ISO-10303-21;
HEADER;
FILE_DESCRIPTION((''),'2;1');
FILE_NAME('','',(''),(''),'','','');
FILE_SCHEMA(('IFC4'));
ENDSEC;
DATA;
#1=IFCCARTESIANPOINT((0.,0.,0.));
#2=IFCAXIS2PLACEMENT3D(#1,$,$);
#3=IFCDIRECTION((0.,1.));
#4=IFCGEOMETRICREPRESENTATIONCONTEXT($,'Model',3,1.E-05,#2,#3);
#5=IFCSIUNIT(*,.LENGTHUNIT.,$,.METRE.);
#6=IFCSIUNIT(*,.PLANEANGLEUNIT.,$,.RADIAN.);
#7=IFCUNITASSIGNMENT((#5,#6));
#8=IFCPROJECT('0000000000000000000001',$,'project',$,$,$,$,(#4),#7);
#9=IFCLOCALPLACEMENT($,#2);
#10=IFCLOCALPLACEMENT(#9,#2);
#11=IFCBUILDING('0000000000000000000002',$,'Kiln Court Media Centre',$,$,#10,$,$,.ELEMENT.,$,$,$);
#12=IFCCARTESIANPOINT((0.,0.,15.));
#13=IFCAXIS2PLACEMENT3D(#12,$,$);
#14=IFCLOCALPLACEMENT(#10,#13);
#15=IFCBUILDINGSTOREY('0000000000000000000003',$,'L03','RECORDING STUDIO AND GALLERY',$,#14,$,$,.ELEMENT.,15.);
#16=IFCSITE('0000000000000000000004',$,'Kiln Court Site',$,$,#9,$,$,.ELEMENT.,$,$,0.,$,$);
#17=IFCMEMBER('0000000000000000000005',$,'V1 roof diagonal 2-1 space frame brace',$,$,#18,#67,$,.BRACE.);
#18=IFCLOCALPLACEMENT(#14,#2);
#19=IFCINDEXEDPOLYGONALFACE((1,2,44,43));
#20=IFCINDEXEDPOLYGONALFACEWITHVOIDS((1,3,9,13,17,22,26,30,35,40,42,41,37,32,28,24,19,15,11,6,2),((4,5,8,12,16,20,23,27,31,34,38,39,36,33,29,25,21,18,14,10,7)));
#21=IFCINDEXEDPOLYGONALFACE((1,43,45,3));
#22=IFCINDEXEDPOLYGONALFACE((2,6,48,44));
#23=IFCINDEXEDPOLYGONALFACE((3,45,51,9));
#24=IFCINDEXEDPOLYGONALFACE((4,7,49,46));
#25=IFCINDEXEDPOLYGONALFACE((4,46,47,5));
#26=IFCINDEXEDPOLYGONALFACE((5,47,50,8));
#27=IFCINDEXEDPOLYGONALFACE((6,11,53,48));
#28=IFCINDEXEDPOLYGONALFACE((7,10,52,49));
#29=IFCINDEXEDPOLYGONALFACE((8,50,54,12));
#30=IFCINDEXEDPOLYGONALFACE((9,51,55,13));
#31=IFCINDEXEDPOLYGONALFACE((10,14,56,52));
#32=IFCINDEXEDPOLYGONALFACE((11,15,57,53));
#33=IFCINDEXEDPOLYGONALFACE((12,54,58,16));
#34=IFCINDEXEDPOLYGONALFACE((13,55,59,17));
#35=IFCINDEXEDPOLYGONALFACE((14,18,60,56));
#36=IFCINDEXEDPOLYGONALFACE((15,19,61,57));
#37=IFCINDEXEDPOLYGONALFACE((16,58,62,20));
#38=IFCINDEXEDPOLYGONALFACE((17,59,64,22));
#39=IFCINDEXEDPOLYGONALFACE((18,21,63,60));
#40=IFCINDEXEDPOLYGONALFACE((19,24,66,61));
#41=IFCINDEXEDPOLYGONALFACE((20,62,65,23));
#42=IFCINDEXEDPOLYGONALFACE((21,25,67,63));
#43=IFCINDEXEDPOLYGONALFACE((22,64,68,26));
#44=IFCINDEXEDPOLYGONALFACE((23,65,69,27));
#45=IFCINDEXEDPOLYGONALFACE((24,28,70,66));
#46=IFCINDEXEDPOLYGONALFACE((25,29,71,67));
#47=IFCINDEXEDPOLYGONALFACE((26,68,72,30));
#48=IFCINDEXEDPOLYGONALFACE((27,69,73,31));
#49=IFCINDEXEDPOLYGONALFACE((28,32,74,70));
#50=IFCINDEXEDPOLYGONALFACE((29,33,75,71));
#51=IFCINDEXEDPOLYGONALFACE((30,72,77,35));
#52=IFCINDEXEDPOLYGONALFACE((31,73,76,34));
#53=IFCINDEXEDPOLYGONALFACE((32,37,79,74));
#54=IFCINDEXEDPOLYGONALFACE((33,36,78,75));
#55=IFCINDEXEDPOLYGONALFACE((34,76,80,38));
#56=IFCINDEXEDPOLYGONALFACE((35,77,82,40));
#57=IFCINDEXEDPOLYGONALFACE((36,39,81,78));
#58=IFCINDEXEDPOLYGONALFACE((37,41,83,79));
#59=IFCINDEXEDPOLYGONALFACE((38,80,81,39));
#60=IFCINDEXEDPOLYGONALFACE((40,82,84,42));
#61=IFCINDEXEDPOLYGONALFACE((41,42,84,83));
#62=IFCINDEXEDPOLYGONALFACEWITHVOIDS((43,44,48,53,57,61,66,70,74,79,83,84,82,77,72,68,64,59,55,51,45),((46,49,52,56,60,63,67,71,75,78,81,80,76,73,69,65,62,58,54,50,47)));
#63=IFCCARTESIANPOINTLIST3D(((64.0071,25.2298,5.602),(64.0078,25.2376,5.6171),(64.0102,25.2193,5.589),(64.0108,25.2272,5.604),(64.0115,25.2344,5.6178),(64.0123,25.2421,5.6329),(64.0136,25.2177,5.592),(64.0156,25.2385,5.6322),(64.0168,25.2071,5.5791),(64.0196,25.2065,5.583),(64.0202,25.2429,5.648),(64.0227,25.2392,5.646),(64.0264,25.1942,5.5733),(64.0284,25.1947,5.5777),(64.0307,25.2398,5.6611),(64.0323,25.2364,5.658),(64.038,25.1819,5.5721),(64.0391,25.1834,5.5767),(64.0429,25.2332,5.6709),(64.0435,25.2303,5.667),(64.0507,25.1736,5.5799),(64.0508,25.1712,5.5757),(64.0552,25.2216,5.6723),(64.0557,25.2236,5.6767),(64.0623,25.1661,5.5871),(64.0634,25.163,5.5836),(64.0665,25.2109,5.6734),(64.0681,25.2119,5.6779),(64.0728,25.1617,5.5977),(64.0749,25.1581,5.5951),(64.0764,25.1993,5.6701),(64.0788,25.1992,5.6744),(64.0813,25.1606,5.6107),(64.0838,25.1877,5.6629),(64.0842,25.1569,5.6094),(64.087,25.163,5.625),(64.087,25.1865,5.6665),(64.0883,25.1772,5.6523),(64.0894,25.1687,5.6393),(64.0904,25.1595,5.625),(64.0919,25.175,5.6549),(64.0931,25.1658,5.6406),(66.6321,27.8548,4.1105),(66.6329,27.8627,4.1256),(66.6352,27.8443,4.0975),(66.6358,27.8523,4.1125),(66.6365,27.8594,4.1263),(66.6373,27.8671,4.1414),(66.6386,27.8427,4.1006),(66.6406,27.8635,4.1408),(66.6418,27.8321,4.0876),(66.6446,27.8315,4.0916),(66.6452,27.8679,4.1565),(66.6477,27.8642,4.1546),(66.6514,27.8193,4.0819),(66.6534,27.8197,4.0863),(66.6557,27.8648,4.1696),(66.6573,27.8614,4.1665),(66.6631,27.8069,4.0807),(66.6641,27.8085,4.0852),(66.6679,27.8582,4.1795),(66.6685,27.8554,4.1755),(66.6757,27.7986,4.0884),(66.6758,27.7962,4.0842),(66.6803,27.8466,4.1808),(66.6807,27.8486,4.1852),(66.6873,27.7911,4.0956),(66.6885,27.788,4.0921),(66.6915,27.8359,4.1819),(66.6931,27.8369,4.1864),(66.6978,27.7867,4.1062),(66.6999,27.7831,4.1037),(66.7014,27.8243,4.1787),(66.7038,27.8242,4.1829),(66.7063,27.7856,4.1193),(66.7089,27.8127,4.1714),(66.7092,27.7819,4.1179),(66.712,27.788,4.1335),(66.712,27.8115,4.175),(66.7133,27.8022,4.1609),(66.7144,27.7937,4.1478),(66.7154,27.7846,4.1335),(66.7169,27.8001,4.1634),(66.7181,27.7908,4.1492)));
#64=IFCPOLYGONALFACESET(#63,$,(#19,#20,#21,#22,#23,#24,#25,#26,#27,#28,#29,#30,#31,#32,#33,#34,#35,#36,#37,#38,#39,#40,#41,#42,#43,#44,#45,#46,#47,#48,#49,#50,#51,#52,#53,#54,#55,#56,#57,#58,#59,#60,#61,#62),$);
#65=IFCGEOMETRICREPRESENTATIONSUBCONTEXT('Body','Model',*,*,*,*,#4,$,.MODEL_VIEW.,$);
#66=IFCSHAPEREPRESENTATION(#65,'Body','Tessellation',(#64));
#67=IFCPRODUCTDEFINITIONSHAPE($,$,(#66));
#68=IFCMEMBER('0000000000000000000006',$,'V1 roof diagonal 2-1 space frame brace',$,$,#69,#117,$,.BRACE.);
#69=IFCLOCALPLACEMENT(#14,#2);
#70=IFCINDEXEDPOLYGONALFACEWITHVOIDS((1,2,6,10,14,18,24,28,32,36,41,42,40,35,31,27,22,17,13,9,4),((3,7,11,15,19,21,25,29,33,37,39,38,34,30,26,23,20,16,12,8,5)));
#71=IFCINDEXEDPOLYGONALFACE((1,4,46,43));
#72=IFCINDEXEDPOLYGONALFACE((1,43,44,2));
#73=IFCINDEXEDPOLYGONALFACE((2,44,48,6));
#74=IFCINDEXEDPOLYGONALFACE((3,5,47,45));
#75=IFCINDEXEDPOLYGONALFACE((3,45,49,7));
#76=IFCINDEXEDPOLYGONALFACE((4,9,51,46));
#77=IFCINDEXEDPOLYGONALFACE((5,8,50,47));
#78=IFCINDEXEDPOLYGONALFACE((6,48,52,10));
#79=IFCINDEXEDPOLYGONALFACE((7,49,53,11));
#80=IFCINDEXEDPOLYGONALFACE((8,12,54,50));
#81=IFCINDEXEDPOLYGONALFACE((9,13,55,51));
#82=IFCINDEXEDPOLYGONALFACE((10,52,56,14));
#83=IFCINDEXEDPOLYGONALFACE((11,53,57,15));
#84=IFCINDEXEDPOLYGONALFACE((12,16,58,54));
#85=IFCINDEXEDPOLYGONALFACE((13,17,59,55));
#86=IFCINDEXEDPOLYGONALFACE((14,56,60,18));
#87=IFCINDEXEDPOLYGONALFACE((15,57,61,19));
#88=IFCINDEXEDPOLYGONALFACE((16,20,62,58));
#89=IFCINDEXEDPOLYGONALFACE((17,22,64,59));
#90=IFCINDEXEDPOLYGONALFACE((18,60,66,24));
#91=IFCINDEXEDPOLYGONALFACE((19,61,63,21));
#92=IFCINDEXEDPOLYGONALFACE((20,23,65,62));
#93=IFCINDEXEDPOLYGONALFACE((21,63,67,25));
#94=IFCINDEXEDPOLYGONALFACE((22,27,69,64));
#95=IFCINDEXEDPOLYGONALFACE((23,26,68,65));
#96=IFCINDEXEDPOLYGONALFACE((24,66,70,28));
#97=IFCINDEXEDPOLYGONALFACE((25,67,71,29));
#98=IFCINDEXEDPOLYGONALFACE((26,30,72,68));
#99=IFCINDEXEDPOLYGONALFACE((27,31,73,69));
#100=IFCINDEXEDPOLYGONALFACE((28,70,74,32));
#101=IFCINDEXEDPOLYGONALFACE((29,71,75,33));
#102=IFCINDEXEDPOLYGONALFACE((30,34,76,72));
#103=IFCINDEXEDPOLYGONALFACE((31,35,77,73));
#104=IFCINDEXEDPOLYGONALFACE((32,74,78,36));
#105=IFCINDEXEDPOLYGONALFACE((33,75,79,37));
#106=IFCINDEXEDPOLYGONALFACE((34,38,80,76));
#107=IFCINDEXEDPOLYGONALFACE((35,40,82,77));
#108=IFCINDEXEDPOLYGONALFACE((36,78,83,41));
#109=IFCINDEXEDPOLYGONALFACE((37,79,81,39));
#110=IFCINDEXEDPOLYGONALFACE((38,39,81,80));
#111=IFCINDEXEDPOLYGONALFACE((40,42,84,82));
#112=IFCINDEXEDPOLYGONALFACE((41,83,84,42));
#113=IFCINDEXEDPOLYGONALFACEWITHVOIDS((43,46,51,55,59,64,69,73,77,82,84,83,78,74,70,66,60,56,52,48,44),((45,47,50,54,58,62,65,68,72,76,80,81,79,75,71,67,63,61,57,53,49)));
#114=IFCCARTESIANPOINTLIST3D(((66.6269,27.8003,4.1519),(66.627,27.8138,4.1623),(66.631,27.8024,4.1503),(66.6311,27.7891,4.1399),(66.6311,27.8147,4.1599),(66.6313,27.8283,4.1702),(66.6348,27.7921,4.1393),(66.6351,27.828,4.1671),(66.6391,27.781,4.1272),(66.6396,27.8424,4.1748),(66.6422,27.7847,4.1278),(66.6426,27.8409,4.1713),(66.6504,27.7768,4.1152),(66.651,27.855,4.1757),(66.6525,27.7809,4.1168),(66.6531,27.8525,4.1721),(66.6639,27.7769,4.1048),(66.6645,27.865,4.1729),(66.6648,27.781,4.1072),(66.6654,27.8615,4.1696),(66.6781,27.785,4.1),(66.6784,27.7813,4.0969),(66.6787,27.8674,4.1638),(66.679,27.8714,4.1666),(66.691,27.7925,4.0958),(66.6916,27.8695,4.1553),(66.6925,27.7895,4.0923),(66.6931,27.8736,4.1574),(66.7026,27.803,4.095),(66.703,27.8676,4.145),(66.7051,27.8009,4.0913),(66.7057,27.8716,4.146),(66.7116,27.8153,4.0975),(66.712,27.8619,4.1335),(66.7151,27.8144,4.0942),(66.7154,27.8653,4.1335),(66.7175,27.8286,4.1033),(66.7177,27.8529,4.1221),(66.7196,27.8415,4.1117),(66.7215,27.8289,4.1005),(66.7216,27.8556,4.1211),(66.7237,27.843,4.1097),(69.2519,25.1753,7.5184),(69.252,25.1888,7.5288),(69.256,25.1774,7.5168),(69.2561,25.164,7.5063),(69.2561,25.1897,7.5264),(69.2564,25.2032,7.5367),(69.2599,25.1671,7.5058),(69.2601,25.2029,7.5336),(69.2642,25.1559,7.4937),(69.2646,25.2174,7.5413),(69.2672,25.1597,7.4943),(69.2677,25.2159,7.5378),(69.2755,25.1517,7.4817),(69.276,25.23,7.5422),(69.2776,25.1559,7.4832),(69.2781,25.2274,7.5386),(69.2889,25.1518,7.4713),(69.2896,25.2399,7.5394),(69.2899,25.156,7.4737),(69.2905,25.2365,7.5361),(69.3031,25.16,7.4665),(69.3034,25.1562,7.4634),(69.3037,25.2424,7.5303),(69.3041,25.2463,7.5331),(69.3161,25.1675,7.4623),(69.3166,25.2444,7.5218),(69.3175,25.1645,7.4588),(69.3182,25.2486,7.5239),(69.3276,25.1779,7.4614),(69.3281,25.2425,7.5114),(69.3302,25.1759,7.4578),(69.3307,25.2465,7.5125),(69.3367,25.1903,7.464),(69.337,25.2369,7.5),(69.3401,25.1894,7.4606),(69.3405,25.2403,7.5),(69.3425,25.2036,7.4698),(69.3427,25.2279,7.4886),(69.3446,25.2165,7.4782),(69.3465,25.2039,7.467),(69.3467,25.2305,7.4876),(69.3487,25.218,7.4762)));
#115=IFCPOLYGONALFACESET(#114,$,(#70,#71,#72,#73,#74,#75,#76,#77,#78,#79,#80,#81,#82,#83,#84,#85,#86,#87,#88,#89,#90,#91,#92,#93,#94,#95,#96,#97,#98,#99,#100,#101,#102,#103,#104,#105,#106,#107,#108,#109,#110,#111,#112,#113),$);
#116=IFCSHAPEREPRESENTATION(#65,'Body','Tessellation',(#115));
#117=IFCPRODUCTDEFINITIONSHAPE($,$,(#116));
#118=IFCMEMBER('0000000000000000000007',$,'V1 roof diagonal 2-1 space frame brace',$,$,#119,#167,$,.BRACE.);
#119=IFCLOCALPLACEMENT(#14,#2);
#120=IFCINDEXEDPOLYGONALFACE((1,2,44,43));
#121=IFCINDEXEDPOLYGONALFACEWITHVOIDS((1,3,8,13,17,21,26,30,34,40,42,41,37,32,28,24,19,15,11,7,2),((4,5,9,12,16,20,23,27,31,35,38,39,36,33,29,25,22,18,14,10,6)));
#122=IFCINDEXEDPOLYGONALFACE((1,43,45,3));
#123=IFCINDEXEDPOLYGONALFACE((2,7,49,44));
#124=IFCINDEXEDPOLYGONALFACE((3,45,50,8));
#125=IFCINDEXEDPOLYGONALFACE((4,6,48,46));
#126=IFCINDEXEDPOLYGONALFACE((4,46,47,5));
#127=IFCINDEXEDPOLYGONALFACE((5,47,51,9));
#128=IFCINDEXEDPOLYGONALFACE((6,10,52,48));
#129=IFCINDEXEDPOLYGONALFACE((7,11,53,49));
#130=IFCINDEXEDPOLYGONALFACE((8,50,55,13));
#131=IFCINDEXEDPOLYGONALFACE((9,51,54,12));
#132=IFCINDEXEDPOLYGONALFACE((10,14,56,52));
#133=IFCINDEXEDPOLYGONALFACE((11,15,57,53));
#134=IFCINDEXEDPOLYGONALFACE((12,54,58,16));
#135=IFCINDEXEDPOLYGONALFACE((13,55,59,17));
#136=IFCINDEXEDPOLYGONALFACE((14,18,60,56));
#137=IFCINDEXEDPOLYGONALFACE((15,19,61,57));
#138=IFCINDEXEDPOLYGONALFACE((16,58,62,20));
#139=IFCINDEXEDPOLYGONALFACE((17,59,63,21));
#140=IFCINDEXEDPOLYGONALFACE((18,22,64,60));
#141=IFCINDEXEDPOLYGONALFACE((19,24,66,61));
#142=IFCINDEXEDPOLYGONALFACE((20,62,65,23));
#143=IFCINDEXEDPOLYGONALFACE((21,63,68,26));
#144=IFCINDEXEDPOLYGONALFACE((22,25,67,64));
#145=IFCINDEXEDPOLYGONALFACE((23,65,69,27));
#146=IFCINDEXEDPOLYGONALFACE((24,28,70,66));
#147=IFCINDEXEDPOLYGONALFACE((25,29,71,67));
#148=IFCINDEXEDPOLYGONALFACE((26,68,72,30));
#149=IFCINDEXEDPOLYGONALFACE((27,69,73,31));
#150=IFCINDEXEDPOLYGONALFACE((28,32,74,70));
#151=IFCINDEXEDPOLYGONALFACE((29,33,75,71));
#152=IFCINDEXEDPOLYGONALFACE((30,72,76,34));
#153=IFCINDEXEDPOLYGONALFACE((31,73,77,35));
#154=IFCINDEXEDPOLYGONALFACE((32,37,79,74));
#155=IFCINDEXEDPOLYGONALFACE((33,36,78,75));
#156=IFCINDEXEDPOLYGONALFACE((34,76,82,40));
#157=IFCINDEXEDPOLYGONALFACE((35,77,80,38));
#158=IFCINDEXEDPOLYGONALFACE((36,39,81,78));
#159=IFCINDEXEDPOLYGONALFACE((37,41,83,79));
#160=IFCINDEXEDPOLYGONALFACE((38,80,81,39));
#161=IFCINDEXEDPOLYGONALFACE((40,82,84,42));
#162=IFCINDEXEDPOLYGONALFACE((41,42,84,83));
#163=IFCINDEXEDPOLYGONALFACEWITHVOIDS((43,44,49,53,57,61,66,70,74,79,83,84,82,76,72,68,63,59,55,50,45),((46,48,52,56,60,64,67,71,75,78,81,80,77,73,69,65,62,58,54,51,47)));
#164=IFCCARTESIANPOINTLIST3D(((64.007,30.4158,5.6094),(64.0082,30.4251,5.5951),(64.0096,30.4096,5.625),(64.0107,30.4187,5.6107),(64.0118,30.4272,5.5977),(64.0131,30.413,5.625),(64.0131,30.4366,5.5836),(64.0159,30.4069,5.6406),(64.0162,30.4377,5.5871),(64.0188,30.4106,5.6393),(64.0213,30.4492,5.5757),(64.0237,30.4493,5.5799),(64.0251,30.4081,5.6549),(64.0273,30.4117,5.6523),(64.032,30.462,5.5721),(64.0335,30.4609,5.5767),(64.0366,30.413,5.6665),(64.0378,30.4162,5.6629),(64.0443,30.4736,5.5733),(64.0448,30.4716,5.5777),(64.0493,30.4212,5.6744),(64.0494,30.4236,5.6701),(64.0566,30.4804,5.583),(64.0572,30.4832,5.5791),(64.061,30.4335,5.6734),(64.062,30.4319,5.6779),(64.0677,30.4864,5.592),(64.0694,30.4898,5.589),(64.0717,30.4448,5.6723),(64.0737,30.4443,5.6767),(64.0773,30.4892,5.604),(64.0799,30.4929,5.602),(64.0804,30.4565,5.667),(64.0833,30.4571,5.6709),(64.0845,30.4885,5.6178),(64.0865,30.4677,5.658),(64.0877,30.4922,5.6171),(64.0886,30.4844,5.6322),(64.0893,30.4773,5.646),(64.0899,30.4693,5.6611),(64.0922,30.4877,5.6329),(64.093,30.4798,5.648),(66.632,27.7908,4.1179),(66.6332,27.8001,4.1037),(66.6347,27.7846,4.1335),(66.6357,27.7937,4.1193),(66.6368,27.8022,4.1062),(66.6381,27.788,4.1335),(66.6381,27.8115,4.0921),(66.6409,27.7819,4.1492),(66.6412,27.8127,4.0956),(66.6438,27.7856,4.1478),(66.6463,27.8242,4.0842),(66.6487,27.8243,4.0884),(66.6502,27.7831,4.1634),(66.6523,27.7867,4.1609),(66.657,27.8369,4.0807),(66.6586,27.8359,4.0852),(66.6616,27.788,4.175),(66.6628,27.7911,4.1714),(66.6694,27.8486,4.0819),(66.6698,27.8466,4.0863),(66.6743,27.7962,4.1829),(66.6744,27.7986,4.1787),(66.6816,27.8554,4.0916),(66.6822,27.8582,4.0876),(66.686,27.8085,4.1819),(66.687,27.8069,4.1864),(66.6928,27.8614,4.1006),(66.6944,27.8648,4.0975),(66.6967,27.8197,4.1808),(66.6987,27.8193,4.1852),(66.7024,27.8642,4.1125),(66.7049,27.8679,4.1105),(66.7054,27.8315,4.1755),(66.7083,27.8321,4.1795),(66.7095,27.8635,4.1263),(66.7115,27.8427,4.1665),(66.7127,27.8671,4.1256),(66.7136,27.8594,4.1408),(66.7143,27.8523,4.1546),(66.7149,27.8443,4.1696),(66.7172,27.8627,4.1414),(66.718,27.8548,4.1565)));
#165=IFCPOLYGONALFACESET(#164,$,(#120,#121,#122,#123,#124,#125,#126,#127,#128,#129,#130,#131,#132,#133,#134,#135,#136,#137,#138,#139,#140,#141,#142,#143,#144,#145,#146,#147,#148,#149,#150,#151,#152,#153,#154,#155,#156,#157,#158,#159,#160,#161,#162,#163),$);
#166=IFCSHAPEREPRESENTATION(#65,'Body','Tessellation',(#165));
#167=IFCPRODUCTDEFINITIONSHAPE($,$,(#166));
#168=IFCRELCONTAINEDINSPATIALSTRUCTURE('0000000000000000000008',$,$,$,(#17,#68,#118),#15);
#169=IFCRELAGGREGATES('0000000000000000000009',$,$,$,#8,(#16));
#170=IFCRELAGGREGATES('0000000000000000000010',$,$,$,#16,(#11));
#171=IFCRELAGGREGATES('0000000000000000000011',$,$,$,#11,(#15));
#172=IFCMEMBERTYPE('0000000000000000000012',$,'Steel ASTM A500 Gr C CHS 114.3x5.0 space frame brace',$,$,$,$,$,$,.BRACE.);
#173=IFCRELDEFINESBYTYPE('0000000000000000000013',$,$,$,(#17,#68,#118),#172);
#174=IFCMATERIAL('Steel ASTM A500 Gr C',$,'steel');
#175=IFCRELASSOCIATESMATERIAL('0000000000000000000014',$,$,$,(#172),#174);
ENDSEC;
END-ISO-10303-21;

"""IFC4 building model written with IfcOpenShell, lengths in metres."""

from ifc_helpers import new_model, si_unit, direction, frame, origin, origin_2d, place, context, subcontext, project, spatial, hollow_circle, extrude, material, material_profile, profile_set, type_object, element, save


model = new_model("IFC4")

# Units and contexts
model_context = context("Model", 3, precision=1e-05, world=origin(), true_north=direction((0.0, 1.0)))
body_context = subcontext(model_context, "Body", "Model", "MODEL_VIEW")
ifc_project = project(units=[si_unit("LENGTHUNIT", "METRE"), si_unit("PLANEANGLEUNIT", "RADIAN")], contexts=[model_context])

# Site, building, storey
site_placement = place(None, origin())
site = spatial("IfcSite", under=ifc_project, at=site_placement, Name="Kiln Court Site", CompositionType="ELEMENT", RefElevation=0.0)
building_placement = place(site_placement, origin())
building = spatial("IfcBuilding", under=site, at=building_placement, Name="Kiln Court Media Centre", CompositionType="ELEMENT")
storey_placement = place(building_placement, frame((0.0, 0.0, 15.0)))
storey = spatial("IfcBuildingStorey", under=building, at=storey_placement, Name="L03", Description="RECORDING STUDIO AND GALLERY", CompositionType="ELEMENT", Elevation=15.0)

# Members
ifc_material_1 = material(Name="Steel ASTM A500 Gr C", Category="steel")
ifc_material_profile_1 = material_profile(ifc_material_1, hollow_circle(Radius=0.0571, WallThickness=0.0049, at=origin_2d()), Name="CHS 114.3x5.0")
ifc_profile_set_1 = profile_set([ifc_material_profile_1], Name="Steel ASTM A500 Gr C")
member_type_1 = type_object("IfcMemberType", Name="Steel ASTM A500 Gr C CHS 114.3x5.0 space frame brace", PredefinedType="BRACE", material=ifc_profile_set_1)
member_1_placement = place(storey_placement, frame((66.675, 27.825, 4.1335), z_axis=(-0.656133, -0.656133, 0.372798), x_axis=(0.707107, -0.707107, 0.0)))
element("IfcMember", 1, at=member_1_placement, inside=storey, type_object=member_type_1, Name="V1 roof diagonal 2-1 space frame brace", PredefinedType="BRACE", context=body_context, shape_type="SweptSolid", body=[
    extrude(hollow_circle(Radius=0.0571, WallThickness=0.0049, at=origin_2d()), origin(), (0.0, 0.0, 1.0), 4.0007),
])
member_2_placement = place(storey_placement, frame((66.675, 27.825, 4.1335), z_axis=(0.523804, -0.523804, 0.671758), x_axis=(0.707107, 0.707107, 0.0)))
element("IfcMember", 2, at=member_2_placement, inside=storey, type_object=member_type_1, Name="V1 roof diagonal 2-1 space frame brace", PredefinedType="BRACE", context=body_context, shape_type="SweptSolid", body=[
    extrude(hollow_circle(Radius=0.0571, WallThickness=0.0049, at=origin_2d()), origin(), (0.0, 0.0, 1.0), 5.0115),
])
member_3_placement = place(storey_placement, frame((66.675, 27.825, 4.1335), z_axis=(-0.656133, 0.656133, 0.372798), x_axis=(-0.707107, -0.707107, 0.0)))
element("IfcMember", 3, at=member_3_placement, inside=storey, type_object=member_type_1, Name="V1 roof diagonal 2-1 space frame brace", PredefinedType="BRACE", context=body_context, shape_type="SweptSolid", body=[
    extrude(hollow_circle(Radius=0.0571, WallThickness=0.0049, at=origin_2d()), origin(), (0.0, 0.0, 1.0), 4.0007),
])

save(model, "model.ifc")
